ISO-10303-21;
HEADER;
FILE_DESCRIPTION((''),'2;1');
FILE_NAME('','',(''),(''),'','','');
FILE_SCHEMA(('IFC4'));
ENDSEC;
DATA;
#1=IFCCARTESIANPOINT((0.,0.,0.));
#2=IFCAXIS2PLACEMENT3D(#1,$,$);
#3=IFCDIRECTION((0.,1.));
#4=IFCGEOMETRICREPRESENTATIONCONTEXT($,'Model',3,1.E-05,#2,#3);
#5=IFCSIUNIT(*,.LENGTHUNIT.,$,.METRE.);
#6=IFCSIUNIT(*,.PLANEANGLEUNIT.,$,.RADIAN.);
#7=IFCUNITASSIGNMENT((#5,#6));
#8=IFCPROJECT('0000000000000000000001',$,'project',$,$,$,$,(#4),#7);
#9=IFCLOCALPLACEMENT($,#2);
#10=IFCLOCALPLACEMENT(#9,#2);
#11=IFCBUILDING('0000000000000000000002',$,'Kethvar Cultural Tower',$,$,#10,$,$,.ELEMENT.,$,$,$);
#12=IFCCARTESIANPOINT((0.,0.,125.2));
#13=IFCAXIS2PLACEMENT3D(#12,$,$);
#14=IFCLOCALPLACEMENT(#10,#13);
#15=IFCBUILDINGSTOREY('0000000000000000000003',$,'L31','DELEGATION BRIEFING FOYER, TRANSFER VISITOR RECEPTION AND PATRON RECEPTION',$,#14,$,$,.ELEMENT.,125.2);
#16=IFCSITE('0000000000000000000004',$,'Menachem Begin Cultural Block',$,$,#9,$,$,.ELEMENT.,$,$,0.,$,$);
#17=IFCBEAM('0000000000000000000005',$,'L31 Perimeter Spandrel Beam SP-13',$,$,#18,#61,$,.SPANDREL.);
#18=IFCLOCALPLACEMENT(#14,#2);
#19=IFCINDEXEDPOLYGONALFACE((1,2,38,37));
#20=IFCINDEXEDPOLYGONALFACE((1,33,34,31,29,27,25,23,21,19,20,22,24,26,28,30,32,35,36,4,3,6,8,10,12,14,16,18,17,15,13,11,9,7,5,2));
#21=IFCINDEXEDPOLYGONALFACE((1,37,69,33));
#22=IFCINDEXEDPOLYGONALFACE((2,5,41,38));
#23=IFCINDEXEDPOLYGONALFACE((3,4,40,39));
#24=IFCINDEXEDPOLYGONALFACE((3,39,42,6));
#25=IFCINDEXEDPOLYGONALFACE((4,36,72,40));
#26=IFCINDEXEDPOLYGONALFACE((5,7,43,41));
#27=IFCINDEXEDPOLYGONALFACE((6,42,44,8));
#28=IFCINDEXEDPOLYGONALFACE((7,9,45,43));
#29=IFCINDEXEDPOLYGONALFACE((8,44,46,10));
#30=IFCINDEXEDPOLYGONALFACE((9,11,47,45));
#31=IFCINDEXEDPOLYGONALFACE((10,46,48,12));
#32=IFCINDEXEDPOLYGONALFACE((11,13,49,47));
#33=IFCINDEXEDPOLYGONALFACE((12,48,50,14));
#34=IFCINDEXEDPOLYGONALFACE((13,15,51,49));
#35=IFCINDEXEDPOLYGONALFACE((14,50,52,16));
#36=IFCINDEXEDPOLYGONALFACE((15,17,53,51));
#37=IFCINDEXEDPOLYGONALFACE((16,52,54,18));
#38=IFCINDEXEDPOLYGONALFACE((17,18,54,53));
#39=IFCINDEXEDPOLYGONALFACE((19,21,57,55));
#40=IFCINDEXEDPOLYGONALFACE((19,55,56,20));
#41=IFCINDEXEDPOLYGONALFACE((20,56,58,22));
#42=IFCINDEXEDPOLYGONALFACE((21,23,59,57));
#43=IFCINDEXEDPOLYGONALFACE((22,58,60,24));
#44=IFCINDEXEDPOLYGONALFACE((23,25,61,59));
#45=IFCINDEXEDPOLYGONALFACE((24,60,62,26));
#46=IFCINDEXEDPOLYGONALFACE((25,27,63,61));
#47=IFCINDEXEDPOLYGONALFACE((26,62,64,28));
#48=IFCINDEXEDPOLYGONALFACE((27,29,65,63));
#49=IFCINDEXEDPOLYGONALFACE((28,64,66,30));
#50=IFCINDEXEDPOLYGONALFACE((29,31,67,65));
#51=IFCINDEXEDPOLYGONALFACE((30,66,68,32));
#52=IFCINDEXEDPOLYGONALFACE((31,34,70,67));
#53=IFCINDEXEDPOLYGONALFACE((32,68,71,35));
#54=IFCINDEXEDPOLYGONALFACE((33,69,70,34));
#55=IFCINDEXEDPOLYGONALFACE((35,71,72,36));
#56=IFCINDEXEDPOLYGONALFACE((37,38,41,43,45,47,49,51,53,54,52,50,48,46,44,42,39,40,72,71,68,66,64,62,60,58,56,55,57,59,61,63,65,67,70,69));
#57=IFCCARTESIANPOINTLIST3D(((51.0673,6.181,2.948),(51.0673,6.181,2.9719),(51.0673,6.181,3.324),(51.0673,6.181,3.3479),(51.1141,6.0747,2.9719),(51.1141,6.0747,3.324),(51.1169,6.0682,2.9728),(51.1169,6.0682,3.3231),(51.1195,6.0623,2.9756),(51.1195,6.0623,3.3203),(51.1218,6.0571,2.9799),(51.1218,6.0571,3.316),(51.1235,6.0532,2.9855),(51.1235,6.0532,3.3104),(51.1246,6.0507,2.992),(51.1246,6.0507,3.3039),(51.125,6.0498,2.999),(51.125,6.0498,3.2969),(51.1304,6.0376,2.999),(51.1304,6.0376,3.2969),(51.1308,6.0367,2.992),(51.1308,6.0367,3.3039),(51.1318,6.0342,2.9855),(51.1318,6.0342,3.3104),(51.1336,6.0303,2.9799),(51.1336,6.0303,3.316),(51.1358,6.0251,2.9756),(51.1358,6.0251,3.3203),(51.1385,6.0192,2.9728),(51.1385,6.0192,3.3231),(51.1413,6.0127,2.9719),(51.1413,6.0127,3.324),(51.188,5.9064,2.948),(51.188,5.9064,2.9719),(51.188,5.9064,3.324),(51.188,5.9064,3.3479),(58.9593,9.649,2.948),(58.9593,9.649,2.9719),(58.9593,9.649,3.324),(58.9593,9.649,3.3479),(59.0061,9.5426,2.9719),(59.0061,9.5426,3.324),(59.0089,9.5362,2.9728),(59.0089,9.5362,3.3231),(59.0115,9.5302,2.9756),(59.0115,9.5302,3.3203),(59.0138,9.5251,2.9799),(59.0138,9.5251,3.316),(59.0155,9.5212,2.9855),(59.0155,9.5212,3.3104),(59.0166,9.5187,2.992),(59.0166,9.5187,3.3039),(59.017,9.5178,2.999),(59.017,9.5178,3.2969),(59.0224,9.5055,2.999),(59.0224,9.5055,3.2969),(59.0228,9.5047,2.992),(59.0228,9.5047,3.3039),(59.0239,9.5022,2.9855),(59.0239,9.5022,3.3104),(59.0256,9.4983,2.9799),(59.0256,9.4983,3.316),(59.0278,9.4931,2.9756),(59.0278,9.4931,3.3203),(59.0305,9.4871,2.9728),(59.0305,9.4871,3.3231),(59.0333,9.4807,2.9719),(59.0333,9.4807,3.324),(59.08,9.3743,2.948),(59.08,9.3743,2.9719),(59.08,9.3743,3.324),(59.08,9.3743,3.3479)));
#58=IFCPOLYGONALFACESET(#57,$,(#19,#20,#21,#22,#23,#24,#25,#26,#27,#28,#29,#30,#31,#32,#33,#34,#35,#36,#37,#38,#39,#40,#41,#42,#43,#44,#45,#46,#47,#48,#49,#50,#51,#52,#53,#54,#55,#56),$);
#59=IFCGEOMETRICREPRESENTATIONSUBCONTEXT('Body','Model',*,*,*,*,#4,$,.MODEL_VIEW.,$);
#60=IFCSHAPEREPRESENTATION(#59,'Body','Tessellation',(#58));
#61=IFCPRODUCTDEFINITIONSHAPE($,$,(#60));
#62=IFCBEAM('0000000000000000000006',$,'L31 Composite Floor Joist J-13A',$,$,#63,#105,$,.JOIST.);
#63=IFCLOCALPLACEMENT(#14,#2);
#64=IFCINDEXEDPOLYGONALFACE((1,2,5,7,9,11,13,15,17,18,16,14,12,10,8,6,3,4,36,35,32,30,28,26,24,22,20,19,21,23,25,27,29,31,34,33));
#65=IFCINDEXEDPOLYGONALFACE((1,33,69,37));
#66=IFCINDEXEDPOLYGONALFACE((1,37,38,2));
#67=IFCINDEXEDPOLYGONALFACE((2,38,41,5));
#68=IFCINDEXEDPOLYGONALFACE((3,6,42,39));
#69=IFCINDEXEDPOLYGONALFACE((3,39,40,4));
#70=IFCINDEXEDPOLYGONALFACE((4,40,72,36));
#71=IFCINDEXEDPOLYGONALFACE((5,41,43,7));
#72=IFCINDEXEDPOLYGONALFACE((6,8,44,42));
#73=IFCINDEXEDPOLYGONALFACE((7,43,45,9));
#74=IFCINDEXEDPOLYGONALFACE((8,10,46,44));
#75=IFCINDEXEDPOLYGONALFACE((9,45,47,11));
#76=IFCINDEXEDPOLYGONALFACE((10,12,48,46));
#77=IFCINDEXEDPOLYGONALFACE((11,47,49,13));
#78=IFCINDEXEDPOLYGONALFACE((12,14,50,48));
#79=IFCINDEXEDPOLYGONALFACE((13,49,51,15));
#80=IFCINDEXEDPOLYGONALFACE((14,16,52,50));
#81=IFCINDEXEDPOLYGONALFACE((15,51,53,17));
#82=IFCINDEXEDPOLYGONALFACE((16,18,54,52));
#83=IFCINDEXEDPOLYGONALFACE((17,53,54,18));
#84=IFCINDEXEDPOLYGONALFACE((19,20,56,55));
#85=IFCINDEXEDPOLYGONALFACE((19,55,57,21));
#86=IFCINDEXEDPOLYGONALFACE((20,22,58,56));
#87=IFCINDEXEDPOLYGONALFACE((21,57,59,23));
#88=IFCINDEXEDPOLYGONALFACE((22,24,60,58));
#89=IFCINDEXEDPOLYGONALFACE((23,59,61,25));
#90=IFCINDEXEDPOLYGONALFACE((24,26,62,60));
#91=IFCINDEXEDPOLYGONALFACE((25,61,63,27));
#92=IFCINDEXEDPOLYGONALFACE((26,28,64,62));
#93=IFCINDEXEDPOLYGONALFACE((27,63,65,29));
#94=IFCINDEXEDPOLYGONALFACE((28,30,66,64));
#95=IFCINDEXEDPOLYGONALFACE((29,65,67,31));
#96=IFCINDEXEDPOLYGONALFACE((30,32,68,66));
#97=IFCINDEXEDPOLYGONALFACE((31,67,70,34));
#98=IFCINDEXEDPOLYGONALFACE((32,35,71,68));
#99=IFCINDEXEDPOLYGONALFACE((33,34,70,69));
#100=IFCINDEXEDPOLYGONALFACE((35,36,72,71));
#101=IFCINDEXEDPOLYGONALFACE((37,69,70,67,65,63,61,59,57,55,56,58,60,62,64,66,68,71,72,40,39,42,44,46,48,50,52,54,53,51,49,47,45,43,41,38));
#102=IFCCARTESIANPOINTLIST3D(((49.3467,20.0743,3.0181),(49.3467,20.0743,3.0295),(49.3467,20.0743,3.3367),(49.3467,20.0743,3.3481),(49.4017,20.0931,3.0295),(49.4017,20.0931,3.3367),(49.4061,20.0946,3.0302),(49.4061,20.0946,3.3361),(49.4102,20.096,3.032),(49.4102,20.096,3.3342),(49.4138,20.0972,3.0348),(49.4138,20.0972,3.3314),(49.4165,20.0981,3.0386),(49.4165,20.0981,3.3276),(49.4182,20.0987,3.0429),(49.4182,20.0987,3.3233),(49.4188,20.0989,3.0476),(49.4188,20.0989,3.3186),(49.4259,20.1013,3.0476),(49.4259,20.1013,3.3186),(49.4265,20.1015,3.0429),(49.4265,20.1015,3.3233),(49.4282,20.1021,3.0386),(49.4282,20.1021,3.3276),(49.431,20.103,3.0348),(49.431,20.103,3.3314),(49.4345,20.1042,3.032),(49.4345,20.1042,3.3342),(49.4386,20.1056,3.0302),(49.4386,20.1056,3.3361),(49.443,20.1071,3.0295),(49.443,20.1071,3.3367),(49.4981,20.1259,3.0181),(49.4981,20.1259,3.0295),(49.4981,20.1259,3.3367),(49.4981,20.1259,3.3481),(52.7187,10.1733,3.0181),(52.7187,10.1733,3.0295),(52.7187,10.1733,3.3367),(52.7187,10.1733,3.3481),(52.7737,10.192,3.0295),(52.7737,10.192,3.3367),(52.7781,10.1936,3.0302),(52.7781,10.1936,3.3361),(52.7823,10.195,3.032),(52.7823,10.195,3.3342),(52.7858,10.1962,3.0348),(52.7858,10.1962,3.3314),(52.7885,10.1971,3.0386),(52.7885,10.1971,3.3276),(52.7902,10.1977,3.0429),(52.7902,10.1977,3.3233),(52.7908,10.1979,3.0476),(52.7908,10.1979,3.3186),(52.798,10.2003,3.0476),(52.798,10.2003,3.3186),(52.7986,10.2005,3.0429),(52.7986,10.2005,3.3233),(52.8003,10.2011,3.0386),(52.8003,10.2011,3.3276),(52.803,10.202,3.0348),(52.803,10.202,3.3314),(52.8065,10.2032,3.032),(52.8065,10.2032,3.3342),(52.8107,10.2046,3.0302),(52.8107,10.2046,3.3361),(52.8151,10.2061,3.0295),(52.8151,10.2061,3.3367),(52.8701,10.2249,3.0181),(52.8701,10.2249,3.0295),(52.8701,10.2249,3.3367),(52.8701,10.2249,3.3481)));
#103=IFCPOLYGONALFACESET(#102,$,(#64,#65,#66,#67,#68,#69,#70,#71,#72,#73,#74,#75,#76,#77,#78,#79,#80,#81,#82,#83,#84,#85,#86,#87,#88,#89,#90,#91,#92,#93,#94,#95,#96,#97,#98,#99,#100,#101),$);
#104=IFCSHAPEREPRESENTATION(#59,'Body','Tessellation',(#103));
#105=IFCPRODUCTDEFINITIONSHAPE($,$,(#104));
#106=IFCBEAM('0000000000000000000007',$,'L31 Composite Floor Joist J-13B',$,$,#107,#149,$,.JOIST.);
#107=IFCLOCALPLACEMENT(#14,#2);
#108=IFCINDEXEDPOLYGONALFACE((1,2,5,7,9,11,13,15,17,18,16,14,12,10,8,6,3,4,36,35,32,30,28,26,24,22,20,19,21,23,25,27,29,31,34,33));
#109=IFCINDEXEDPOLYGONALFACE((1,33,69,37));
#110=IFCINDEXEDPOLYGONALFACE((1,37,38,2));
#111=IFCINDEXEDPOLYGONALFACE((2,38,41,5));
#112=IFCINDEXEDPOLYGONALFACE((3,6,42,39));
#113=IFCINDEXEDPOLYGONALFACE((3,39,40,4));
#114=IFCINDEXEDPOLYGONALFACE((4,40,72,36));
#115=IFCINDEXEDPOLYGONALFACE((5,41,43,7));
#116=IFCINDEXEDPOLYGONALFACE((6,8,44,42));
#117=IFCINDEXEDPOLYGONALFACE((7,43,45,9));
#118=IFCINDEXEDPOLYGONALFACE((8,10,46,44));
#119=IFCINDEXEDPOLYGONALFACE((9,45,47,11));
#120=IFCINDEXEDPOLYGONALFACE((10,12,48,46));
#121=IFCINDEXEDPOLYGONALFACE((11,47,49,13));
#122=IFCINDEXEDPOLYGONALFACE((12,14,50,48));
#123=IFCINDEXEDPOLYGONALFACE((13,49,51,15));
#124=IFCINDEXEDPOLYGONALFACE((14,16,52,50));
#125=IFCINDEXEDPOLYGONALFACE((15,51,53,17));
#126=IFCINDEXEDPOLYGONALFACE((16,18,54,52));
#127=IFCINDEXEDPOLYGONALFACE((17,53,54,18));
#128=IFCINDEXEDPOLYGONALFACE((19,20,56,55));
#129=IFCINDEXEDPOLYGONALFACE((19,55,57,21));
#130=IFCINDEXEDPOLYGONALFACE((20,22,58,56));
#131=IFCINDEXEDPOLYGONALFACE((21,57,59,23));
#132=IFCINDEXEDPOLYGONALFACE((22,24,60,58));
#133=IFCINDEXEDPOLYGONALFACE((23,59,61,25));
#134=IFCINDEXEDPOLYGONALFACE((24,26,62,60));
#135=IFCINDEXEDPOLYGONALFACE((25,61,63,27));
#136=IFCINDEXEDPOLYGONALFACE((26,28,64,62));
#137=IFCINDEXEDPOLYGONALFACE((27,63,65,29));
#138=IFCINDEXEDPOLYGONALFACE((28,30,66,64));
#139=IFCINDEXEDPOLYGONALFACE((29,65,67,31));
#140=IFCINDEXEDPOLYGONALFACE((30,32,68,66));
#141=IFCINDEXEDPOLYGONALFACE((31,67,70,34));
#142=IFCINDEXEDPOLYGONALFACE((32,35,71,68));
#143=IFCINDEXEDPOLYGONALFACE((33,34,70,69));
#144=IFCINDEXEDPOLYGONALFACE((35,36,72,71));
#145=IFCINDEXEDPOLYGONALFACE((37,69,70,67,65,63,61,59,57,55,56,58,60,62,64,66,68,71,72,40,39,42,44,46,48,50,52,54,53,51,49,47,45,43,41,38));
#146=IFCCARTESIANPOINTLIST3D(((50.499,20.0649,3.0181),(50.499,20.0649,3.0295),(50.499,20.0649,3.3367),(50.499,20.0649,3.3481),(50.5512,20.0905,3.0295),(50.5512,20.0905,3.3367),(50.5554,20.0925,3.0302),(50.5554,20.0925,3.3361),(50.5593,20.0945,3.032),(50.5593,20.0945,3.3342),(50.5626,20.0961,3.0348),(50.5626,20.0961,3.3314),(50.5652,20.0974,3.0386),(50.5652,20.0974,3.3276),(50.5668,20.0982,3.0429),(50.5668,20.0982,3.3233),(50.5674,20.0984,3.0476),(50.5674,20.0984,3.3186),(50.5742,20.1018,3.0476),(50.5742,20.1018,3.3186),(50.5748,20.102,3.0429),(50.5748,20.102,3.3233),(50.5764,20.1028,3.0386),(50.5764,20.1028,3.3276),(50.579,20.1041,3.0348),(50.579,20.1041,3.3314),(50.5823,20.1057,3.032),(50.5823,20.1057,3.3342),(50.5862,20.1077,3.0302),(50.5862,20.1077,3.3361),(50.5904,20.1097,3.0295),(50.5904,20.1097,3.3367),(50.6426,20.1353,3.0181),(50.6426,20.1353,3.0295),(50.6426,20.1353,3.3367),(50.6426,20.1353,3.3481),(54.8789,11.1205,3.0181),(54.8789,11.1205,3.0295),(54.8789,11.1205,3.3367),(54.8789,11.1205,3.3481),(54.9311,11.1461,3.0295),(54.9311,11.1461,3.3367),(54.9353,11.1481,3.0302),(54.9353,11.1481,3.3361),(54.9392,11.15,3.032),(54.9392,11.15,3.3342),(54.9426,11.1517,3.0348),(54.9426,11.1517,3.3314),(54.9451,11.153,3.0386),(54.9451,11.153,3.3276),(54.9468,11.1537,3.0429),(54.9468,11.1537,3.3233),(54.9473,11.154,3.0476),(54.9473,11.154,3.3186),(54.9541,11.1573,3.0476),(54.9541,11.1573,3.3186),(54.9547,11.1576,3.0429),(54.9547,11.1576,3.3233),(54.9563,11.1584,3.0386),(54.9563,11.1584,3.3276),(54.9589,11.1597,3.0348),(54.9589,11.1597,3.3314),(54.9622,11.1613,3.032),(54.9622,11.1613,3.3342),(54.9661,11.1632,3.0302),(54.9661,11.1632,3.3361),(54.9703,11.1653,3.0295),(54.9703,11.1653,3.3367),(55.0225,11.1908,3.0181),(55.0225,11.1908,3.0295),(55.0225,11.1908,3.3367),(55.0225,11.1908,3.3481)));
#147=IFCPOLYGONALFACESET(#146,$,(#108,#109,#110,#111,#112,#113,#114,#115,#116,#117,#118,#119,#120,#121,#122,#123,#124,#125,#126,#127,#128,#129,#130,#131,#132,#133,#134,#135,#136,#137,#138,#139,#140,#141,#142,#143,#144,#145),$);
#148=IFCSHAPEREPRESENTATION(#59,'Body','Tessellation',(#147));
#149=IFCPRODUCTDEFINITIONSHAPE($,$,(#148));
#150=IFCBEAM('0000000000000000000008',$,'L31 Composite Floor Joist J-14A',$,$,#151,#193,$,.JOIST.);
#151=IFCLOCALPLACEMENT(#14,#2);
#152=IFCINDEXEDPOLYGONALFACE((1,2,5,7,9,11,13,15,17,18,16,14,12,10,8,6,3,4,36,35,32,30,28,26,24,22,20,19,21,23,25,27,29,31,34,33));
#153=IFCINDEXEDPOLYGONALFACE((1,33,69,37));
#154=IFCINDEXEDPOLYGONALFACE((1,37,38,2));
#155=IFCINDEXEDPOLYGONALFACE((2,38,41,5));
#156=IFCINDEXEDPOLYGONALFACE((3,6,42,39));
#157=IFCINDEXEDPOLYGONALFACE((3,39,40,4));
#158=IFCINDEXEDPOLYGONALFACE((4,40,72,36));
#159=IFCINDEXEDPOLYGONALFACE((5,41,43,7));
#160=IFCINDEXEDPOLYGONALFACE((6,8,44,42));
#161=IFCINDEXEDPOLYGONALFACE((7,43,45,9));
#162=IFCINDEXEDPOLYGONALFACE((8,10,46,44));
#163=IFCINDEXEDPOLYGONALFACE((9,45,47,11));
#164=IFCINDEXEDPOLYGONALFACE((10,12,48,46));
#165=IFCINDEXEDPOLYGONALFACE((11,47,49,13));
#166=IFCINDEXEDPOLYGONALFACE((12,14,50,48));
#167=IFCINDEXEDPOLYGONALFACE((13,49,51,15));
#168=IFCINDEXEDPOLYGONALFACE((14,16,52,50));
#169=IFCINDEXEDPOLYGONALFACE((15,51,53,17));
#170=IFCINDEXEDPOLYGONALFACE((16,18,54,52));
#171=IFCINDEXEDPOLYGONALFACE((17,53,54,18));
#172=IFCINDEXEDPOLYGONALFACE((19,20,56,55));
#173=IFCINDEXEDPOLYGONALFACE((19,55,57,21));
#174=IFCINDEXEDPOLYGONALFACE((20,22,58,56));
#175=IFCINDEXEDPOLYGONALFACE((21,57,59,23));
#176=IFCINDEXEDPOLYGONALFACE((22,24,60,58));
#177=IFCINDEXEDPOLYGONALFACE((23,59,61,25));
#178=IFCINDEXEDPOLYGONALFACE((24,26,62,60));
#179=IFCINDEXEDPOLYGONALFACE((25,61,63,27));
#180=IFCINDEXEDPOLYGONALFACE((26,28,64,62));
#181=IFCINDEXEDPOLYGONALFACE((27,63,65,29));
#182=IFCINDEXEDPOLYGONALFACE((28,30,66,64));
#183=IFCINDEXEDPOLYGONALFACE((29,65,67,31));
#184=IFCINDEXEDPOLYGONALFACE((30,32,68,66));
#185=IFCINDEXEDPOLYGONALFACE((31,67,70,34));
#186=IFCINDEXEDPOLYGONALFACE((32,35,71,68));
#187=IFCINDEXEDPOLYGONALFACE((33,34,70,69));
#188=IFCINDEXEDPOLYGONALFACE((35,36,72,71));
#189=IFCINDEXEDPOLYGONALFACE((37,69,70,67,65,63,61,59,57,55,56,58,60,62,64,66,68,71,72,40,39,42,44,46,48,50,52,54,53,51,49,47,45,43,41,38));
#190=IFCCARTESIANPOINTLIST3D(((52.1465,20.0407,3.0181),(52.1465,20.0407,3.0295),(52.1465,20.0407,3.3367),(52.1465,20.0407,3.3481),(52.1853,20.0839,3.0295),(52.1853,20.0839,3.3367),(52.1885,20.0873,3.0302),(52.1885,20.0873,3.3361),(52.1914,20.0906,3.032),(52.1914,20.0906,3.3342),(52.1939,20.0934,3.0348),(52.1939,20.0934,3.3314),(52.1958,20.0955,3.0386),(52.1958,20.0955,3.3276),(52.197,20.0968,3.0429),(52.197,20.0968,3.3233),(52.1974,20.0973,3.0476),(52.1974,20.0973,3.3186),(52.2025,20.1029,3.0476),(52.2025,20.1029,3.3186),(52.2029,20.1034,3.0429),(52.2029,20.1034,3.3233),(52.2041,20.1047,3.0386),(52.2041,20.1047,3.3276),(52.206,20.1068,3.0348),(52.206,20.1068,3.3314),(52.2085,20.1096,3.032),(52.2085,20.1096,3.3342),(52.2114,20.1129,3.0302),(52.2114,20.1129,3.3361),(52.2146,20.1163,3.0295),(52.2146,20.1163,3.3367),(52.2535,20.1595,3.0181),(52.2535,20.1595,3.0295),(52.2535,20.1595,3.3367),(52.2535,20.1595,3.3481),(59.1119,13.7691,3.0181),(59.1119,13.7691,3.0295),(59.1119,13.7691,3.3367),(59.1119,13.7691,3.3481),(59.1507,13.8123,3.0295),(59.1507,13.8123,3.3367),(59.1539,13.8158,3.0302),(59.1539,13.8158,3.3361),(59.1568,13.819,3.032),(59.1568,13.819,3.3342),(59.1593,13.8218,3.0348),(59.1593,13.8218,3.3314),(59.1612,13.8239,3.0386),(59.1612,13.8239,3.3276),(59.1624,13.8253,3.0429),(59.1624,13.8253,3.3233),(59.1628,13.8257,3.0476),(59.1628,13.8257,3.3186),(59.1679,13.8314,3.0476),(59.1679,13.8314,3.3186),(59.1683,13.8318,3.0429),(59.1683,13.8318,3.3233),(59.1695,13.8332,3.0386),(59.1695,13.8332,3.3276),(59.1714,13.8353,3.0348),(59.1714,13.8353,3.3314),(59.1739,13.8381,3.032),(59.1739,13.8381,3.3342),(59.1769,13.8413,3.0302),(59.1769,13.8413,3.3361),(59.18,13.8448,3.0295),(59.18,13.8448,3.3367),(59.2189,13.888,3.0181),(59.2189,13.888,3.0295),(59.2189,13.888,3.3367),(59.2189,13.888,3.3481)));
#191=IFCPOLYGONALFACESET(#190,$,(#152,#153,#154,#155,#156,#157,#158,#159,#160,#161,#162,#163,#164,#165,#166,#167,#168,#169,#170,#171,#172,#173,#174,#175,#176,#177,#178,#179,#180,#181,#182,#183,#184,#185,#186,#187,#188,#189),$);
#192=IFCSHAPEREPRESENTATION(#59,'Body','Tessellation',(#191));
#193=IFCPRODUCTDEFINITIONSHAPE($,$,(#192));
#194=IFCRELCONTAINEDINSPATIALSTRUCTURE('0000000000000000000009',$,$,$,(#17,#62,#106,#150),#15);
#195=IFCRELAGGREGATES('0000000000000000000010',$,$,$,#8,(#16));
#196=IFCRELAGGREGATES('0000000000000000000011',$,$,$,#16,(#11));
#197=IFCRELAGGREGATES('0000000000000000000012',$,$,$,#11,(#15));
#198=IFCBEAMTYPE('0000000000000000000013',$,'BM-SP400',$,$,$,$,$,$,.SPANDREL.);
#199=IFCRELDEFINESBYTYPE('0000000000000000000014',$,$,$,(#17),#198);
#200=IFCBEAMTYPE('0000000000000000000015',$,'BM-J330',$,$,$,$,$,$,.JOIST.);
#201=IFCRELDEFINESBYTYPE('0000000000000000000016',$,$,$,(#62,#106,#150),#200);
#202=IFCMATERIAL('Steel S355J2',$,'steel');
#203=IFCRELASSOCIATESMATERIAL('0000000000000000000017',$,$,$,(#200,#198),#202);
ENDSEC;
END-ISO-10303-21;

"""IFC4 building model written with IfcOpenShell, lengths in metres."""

from ifc_helpers import new_model, si_unit, direction, frame, origin, origin_2d, place, context, subcontext, project, spatial, i_section, extrude, source, transform, mapped, material, material_profile, profile_set, type_object, element, save


model = new_model("IFC4")

# Units and contexts
model_context = context("Model", 3, precision=1e-05, world=origin(), true_north=direction((0.0, 1.0)))
body_context = subcontext(model_context, "Body", "Model", "MODEL_VIEW")
ifc_project = project(units=[si_unit("LENGTHUNIT", "METRE"), si_unit("PLANEANGLEUNIT", "RADIAN")], contexts=[model_context])

# Site, building, storey
site_placement = place(None, origin())
site = spatial("IfcSite", under=ifc_project, at=site_placement, Name="Menachem Begin Cultural Block", CompositionType="ELEMENT", RefElevation=0.0)
building_placement = place(site_placement, origin())
building = spatial("IfcBuilding", under=site, at=building_placement, Name="Kethvar Cultural Tower", CompositionType="ELEMENT")
storey_placement = place(building_placement, frame((0.0, 0.0, 125.2)))
storey = spatial("IfcBuildingStorey", under=building, at=storey_placement, Name="L31", Description="DELEGATION BRIEFING FOYER, TRANSFER VISITOR RECEPTION AND PATRON RECEPTION", CompositionType="ELEMENT", Elevation=125.2)

# Beams
ifc_material_1 = material(Name="Steel S355J2", Category="steel")
ifc_material_profile_1 = material_profile(ifc_material_1, i_section(OverallWidth=0.1599, OverallDepth=0.3301, WebThickness=0.0076, FlangeThickness=0.0115, FilletRadius=0.0181, at=origin_2d()), Name="Steel S355J2 — IPE330")
ifc_profile_set_1 = profile_set([ifc_material_profile_1], Name="Steel S355J2 — IPE330")
beam_type_1 = type_object("IfcBeamType", Name="BM-J330", PredefinedType="JOIST", material=ifc_profile_set_1)
ifc_material_profile_2 = material_profile(ifc_material_1, i_section(OverallWidth=0.3, OverallDepth=0.3999, WebThickness=0.0134, FlangeThickness=0.0239, FilletRadius=0.0271, at=origin_2d()), Name="Steel S355J2 — HEB400")
ifc_profile_set_2 = profile_set([ifc_material_profile_2], Name="Steel S355J2 — HEB400")
beam_type_2 = type_object("IfcBeamType", Name="BM-SP400", PredefinedType="SPANDREL", material=ifc_profile_set_2)
shared_shape_1 = source(origin(), body_context, "Body", "SweptSolid", [
    extrude(i_section(OverallWidth=0.3, OverallDepth=0.3999, WebThickness=0.0134, FlangeThickness=0.0239, FilletRadius=0.0271, at=origin_2d()), origin(), (0.0, 0.0, 1.0), 8.6204),
])
beam_1_placement = place(storey_placement, frame((51.1277, 6.0437, 3.1479), z_axis=(0.915507, 0.402301, 0.0), x_axis=(-0.402301, 0.915507, 0.0)))
element("IfcBeam", 1, at=beam_1_placement, inside=storey, type_object=beam_type_2, Name="L31 Perimeter Spandrel Beam SP-13", PredefinedType="SPANDREL", context=body_context, shape_type="MappedRepresentation", body=[
    mapped(shared_shape_1, transform((0.0, 0.0, 0.0), scale=1.0)),
])
shared_shape_2 = source(origin(), body_context, "Body", "SweptSolid", [
    extrude(i_section(OverallWidth=0.1599, OverallDepth=0.3301, WebThickness=0.0076, FlangeThickness=0.0115, FilletRadius=0.0181, at=origin_2d()), origin(), (0.0, 0.0, 1.0), 10.4595),
])
beam_2_placement = place(storey_placement, frame((49.4224, 20.1001, 3.1831), z_axis=(0.32239, -0.946607, 0.0), x_axis=(0.946607, 0.32239, 0.0)))
element("IfcBeam", 2, at=beam_2_placement, inside=storey, type_object=beam_type_1, Name="L31 Composite Floor Joist J-13A", PredefinedType="JOIST", context=body_context, shape_type="MappedRepresentation", body=[
    mapped(shared_shape_2, transform((0.0, 0.0, 0.0), scale=1.0)),
])
shared_shape_3 = source(origin(), body_context, "Body", "SweptSolid", [
    extrude(i_section(OverallWidth=0.1599, OverallDepth=0.3301, WebThickness=0.0076, FlangeThickness=0.0115, FilletRadius=0.0181, at=origin_2d()), origin(), (0.0, 0.0, 1.0), 9.9592),
])
beam_3_placement = place(storey_placement, frame((50.5708, 20.1001, 3.1831), z_axis=(0.439785, -0.898103, 0.0), x_axis=(0.898103, 0.439785, 0.0)))
element("IfcBeam", 3, at=beam_3_placement, inside=storey, type_object=beam_type_1, Name="L31 Composite Floor Joist J-13B", PredefinedType="JOIST", context=body_context, shape_type="MappedRepresentation", body=[
    mapped(shared_shape_3, transform((0.0, 0.0, 0.0), scale=1.0)),
])
shared_shape_4 = source(origin(), body_context, "Body", "SweptSolid", [
    extrude(i_section(OverallWidth=0.1599, OverallDepth=0.3301, WebThickness=0.0076, FlangeThickness=0.0115, FilletRadius=0.0181, at=origin_2d()), origin(), (0.0, 0.0, 1.0), 9.3728),
])
beam_4_placement = place(storey_placement, frame((52.2, 20.1001, 3.1831), z_axis=(0.743152, -0.669123, 0.0), x_axis=(0.669123, 0.743152, 0.0)))
element("IfcBeam", 4, at=beam_4_placement, inside=storey, type_object=beam_type_1, Name="L31 Composite Floor Joist J-14A", PredefinedType="JOIST", context=body_context, shape_type="MappedRepresentation", body=[
    mapped(shared_shape_4, transform((0.0, 0.0, 0.0), scale=1.0)),
])

save(model, "model.ifc")
